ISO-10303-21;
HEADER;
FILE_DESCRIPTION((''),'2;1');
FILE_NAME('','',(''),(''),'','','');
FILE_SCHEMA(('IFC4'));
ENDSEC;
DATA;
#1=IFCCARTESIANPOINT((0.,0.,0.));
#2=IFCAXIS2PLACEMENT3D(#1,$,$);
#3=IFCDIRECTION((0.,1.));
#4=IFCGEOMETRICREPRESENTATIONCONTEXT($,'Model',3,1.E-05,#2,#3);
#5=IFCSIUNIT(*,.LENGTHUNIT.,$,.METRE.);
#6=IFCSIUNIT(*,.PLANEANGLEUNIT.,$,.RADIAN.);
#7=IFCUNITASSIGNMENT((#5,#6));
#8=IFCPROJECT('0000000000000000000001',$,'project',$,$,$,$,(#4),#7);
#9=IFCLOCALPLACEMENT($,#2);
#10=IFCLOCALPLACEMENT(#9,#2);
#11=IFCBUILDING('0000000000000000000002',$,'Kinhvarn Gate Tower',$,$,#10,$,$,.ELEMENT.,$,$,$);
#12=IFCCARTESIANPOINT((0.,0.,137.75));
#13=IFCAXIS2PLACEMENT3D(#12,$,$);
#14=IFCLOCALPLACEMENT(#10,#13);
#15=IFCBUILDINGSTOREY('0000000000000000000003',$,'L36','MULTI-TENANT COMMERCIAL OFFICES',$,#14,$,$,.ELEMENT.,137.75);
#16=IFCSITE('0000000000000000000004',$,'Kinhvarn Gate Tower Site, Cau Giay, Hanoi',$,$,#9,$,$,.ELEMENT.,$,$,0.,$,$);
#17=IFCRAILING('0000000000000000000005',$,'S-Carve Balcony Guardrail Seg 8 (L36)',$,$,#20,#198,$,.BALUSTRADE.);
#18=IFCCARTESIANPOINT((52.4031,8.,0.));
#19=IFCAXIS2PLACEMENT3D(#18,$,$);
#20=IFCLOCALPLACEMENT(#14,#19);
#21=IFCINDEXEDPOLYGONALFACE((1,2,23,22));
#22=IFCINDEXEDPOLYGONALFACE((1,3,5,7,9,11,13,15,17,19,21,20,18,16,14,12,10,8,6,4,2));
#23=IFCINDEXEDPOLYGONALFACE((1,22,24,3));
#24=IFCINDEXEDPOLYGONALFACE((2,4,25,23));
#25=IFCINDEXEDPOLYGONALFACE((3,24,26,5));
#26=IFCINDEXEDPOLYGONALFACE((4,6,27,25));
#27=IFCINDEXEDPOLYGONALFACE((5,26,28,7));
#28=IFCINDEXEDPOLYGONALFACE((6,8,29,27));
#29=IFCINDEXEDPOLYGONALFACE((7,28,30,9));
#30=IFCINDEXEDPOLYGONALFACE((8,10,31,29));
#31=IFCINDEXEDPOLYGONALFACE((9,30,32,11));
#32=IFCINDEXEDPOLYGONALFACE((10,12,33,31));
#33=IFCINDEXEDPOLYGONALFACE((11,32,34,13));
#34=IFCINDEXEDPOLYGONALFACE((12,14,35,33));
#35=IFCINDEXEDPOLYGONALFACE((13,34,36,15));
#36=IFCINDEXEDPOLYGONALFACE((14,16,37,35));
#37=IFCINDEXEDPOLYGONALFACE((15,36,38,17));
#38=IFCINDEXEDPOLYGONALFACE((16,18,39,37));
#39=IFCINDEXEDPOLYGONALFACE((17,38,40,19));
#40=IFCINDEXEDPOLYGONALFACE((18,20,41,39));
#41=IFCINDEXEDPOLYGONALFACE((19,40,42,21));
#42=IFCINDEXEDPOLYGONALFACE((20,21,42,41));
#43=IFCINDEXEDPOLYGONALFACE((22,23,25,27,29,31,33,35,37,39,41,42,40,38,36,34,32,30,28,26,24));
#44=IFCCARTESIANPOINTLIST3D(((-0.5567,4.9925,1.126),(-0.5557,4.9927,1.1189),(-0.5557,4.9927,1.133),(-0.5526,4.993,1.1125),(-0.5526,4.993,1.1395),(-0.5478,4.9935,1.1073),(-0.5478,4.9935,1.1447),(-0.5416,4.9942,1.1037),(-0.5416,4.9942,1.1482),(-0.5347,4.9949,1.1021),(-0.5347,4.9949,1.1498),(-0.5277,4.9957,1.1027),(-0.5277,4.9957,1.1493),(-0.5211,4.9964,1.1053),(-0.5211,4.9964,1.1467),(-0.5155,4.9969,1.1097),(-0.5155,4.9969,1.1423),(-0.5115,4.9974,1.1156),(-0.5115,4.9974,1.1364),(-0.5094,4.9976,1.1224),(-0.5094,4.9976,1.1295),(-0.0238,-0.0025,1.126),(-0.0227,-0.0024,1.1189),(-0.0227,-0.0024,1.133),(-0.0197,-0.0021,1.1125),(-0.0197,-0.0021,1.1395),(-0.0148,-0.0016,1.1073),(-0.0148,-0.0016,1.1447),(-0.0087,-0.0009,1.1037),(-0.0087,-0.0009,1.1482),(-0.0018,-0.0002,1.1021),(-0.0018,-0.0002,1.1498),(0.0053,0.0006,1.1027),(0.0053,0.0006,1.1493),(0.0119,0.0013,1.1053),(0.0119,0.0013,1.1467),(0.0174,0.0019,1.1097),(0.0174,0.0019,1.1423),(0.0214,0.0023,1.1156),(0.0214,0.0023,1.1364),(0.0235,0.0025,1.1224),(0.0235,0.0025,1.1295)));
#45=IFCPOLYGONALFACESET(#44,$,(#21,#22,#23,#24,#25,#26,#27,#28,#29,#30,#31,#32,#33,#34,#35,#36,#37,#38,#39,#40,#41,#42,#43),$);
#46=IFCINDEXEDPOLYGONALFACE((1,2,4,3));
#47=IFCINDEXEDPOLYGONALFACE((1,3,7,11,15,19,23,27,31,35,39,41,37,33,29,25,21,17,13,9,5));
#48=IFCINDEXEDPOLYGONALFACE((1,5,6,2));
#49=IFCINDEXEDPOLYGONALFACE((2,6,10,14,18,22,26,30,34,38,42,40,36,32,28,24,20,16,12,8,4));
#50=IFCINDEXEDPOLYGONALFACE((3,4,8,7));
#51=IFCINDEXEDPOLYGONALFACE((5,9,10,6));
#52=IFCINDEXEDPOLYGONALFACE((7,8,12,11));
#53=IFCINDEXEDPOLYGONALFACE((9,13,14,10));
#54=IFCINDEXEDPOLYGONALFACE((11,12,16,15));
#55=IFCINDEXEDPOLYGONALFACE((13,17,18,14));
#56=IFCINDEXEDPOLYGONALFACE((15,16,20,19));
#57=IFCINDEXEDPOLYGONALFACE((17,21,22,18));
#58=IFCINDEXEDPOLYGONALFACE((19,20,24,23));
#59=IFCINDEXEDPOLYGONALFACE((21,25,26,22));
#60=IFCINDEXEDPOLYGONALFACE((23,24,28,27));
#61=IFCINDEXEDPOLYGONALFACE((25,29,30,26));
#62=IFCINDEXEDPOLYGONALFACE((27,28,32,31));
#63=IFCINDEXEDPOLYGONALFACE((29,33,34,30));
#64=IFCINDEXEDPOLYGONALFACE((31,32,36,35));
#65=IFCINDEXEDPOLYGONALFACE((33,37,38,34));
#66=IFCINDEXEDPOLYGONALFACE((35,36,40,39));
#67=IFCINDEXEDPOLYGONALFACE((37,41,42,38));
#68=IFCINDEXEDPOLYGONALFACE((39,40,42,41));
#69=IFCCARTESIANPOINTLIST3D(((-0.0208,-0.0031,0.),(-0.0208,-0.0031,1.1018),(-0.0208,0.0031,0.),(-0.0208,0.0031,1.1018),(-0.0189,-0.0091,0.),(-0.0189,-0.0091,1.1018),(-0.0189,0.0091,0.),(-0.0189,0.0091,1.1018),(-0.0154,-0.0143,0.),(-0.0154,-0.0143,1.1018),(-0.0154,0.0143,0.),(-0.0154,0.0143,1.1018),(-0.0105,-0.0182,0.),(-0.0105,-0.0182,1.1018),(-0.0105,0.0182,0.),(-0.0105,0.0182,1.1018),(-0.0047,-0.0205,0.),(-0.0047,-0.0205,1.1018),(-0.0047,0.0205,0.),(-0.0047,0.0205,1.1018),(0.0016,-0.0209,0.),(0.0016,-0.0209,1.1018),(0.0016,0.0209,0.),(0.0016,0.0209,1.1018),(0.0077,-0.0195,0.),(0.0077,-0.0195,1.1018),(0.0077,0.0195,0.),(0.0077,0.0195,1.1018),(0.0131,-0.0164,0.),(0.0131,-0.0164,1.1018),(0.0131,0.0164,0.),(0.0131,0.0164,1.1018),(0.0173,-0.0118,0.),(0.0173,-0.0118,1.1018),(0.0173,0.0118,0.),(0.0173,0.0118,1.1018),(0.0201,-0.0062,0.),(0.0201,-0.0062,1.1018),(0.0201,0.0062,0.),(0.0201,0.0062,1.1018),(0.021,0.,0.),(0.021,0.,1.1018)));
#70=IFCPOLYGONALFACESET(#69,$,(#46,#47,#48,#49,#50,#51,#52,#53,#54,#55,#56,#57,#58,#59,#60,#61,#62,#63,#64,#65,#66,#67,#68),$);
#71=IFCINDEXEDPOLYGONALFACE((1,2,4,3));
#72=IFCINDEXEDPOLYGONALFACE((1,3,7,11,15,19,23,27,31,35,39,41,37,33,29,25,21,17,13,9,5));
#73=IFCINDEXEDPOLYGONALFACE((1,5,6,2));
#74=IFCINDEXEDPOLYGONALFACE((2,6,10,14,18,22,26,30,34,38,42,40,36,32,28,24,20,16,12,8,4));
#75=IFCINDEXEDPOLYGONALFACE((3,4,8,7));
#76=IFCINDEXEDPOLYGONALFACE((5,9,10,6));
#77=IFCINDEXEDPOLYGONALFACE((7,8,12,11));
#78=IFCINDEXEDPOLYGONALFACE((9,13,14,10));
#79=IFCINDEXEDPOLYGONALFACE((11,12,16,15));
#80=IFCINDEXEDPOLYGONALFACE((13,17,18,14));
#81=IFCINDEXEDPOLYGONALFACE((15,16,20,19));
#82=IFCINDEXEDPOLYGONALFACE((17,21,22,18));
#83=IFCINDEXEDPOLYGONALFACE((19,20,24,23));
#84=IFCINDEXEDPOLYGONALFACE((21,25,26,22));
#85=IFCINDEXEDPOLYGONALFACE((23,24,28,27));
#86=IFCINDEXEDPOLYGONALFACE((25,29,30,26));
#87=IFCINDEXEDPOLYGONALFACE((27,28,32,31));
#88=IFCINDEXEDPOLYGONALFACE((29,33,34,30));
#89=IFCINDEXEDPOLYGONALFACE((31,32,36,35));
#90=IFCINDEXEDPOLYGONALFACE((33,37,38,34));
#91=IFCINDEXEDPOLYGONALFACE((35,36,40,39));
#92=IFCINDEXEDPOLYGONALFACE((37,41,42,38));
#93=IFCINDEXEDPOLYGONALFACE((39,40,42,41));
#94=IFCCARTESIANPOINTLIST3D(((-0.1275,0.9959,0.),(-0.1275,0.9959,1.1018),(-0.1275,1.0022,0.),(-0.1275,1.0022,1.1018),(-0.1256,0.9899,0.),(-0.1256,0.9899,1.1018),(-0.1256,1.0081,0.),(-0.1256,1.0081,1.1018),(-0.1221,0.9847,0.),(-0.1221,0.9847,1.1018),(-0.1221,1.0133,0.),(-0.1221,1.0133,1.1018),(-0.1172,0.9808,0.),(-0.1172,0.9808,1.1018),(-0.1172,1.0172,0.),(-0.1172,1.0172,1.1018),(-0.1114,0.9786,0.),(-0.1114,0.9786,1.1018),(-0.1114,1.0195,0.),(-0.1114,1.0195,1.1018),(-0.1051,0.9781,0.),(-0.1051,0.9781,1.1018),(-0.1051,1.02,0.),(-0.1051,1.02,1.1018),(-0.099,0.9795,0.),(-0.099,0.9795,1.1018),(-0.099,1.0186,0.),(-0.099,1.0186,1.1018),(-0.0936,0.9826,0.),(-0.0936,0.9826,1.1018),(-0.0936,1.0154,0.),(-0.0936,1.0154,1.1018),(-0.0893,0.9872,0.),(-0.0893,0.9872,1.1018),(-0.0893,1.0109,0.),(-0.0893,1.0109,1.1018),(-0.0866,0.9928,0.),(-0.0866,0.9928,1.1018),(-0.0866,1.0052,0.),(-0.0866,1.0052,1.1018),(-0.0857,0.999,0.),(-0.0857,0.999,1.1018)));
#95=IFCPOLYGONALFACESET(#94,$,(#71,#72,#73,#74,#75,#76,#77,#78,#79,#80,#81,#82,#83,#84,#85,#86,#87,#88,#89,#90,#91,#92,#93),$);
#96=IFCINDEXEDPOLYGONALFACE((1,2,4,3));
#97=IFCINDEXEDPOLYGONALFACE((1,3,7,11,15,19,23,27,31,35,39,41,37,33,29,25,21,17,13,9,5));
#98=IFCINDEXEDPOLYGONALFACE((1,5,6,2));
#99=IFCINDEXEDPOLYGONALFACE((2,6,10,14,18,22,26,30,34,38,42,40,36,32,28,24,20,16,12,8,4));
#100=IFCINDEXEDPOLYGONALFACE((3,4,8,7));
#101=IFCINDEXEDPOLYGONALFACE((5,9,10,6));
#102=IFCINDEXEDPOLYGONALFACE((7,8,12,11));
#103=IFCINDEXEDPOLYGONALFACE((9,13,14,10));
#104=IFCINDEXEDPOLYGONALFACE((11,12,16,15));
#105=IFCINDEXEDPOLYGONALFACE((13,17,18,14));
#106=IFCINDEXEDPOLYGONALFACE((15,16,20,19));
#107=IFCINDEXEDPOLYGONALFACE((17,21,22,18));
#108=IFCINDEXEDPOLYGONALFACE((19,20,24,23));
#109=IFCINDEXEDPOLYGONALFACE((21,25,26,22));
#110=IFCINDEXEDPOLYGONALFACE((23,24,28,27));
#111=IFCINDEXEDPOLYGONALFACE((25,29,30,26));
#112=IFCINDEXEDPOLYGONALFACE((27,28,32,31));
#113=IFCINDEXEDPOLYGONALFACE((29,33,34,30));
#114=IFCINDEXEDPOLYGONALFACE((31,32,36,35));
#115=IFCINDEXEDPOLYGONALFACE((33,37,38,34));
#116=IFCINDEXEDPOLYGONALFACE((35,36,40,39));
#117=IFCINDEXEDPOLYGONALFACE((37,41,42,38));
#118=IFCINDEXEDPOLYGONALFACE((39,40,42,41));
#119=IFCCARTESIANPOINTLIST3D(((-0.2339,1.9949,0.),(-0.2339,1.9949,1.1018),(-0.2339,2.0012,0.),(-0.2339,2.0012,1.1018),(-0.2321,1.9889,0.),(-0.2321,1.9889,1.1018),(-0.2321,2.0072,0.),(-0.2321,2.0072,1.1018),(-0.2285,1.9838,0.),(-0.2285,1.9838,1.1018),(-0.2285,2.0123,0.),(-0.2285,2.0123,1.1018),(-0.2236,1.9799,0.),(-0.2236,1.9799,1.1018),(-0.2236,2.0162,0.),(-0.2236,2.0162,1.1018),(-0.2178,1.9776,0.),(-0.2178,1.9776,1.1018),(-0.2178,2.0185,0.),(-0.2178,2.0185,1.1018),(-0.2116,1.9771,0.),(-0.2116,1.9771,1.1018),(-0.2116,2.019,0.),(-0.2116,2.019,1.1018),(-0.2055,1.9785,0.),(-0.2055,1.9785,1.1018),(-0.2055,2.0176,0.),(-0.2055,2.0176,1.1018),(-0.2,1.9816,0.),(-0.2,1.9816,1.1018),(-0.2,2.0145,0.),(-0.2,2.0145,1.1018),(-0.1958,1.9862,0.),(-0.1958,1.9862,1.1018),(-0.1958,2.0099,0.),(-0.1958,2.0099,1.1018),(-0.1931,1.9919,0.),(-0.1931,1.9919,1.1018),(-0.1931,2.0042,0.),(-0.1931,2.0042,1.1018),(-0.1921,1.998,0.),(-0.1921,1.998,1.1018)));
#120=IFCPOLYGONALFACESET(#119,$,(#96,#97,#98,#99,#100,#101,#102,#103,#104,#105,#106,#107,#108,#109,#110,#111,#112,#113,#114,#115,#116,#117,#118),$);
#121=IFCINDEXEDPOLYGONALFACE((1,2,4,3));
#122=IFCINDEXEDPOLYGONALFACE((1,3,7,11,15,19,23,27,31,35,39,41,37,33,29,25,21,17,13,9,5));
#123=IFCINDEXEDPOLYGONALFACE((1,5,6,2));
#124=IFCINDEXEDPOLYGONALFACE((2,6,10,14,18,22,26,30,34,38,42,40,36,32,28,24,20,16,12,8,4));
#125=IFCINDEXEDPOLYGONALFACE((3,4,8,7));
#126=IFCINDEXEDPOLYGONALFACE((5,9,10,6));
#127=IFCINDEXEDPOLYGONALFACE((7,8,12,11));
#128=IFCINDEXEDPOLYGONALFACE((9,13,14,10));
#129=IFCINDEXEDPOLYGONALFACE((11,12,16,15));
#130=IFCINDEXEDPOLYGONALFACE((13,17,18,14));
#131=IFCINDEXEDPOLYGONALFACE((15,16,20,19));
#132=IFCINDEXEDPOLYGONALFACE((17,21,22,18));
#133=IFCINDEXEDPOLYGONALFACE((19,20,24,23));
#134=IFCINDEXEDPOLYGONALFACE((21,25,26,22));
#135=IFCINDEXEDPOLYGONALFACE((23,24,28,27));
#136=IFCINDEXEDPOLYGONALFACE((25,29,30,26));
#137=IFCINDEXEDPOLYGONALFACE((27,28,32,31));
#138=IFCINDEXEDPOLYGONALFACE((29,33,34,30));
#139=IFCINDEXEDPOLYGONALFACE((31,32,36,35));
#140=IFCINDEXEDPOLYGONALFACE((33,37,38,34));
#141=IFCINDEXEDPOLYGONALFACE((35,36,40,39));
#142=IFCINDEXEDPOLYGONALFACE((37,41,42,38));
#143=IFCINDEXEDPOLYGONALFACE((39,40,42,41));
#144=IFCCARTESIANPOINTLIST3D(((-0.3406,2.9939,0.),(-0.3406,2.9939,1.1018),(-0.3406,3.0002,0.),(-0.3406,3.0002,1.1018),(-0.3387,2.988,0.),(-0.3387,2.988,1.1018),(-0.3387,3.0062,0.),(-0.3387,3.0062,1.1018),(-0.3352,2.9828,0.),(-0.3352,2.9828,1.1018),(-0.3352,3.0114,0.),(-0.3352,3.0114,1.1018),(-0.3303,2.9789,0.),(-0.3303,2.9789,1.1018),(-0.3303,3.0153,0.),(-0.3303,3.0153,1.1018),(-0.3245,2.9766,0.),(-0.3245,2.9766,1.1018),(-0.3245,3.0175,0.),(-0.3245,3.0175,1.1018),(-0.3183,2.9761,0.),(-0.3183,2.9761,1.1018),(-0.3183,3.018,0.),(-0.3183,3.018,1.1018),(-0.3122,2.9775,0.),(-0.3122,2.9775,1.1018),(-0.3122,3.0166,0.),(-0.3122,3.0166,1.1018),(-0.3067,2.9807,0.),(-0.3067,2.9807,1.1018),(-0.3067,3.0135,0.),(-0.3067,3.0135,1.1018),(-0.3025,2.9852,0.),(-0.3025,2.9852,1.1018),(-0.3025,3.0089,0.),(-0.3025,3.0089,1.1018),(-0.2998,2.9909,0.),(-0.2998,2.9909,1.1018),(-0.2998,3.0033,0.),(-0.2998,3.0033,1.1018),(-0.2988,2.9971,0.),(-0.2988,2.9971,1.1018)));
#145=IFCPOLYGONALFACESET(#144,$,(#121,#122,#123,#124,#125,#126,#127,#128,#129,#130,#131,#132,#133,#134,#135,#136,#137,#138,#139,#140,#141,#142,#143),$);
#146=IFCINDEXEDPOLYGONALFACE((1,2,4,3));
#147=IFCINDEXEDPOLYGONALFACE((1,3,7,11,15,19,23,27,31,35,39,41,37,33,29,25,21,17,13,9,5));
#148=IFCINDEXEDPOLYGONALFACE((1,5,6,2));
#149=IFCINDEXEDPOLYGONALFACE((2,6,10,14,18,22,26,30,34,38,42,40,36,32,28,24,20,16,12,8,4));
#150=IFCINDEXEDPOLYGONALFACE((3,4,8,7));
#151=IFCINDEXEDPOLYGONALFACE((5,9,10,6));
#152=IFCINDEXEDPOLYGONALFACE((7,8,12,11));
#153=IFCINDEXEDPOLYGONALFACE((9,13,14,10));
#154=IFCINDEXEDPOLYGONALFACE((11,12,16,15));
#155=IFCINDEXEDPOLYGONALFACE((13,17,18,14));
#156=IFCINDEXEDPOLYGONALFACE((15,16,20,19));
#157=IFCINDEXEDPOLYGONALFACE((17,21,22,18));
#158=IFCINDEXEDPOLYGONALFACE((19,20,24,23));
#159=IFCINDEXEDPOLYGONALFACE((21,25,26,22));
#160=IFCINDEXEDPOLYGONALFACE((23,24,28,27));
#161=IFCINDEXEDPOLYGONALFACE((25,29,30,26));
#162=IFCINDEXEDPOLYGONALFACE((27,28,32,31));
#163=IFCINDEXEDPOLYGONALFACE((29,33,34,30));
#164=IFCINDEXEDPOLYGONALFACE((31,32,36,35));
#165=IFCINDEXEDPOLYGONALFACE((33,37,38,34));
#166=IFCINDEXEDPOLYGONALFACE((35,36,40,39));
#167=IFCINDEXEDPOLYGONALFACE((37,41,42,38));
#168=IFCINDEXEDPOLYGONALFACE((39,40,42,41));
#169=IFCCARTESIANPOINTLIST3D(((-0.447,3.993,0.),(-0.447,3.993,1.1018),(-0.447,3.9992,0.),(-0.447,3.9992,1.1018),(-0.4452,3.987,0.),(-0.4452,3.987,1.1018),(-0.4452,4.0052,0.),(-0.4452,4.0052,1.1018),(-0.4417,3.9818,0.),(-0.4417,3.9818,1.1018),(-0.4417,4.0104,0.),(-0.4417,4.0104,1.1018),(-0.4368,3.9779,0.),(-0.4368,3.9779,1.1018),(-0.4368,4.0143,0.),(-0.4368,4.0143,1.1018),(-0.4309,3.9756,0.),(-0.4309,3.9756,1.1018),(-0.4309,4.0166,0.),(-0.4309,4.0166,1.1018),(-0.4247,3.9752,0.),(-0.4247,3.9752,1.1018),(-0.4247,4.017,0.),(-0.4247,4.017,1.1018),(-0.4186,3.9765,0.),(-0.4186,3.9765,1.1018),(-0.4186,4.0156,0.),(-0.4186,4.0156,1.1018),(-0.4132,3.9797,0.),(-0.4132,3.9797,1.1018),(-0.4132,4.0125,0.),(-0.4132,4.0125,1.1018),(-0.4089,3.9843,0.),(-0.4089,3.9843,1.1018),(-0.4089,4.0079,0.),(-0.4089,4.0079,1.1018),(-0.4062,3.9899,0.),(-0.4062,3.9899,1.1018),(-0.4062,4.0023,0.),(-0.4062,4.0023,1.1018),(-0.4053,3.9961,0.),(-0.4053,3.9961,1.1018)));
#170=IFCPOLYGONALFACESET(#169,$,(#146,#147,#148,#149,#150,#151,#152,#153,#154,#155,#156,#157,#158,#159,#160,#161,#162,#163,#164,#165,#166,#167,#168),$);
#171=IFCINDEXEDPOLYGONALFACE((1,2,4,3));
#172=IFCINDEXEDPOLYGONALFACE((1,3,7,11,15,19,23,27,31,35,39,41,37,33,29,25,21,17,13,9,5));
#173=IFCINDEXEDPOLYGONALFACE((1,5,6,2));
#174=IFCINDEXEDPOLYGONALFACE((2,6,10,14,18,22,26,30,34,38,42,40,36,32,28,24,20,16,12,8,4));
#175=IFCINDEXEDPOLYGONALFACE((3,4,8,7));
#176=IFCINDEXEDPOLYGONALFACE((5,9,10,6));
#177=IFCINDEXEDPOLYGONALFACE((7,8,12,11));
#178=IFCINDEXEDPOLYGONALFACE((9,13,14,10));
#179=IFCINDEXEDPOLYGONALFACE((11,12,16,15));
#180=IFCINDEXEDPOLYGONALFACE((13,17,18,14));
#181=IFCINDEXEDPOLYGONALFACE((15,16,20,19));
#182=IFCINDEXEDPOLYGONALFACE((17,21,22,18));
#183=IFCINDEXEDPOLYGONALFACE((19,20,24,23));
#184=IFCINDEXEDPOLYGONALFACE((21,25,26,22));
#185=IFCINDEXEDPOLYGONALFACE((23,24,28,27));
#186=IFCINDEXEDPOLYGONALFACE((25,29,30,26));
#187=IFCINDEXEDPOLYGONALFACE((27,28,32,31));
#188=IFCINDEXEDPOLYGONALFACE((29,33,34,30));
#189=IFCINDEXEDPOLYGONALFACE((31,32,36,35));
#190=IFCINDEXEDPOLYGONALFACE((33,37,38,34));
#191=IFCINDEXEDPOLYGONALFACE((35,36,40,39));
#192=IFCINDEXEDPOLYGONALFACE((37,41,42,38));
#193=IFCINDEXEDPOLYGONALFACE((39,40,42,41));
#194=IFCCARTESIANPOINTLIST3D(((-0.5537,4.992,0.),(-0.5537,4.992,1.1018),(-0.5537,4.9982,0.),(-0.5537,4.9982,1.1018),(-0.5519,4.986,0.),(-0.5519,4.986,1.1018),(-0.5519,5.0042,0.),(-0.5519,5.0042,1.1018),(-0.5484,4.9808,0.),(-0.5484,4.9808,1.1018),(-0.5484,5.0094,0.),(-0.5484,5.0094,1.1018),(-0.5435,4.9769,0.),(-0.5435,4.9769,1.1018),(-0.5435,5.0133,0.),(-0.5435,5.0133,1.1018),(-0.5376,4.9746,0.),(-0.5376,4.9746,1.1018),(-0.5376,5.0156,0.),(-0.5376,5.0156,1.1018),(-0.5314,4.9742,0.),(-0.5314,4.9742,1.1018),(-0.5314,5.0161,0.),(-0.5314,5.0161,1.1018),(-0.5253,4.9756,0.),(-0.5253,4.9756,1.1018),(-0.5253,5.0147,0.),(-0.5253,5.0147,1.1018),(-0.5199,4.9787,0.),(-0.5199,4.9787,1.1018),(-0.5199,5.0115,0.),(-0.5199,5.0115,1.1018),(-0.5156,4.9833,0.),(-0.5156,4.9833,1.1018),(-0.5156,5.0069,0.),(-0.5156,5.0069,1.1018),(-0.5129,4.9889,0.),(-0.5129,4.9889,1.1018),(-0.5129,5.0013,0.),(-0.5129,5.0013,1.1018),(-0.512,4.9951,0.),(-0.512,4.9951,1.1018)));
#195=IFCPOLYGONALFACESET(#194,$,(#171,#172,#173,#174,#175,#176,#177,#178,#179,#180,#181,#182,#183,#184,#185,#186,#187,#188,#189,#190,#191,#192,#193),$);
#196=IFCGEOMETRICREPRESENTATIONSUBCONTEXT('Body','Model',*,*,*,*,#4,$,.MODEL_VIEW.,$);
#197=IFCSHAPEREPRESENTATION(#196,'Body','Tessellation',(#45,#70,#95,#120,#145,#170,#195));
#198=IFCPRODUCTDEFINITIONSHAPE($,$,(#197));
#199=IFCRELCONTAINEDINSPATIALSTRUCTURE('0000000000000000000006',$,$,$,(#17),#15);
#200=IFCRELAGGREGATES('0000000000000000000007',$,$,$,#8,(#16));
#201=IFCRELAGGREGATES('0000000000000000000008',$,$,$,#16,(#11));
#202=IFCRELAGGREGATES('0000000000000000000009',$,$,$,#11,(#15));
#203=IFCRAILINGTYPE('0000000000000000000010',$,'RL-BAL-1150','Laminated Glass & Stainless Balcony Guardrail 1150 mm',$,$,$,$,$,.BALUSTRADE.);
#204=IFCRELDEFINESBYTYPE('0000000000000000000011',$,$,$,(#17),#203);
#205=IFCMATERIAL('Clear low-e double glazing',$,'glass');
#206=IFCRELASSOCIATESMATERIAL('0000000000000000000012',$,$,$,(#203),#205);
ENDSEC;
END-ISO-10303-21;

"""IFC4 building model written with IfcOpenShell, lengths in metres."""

from ifc_helpers import new_model, si_unit, direction, frame, origin, origin_2d, place, context, subcontext, project, spatial, circle, extrude, material, type_object, element, save


model = new_model("IFC4")

# Units and contexts
model_context = context("Model", 3, precision=1e-05, world=origin(), true_north=direction((0.0, 1.0)))
body_context = subcontext(model_context, "Body", "Model", "MODEL_VIEW")
ifc_project = project(units=[si_unit("LENGTHUNIT", "METRE"), si_unit("PLANEANGLEUNIT", "RADIAN")], contexts=[model_context])

# Site, building, storey
site_placement = place(None, origin())
site = spatial("IfcSite", under=ifc_project, at=site_placement, Name="Kinhvarn Gate Tower Site, Cau Giay, Hanoi", CompositionType="ELEMENT", RefElevation=0.0)
building_placement = place(site_placement, origin())
building = spatial("IfcBuilding", under=site, at=building_placement, Name="Kinhvarn Gate Tower", CompositionType="ELEMENT")
storey_placement = place(building_placement, frame((0.0, 0.0, 137.75)))
storey = spatial("IfcBuildingStorey", under=building, at=storey_placement, Name="L36", Description="MULTI-TENANT COMMERCIAL OFFICES", CompositionType="ELEMENT", Elevation=137.75)

# Shared definitions
ifc_material_1 = material(Name="Clear low-e double glazing", Category="glass")

# Railing
railing_type = type_object("IfcRailingType", Name="RL-BAL-1150", Description="Laminated Glass & Stainless Balcony Guardrail 1150 mm", PredefinedType="BALUSTRADE", material=ifc_material_1)
railing_1_placement = place(storey_placement, frame((52.4031, 8.0, 0.0)))
element("IfcRailing", 1, at=railing_1_placement, inside=storey, type_object=railing_type, Name="S-Carve Balcony Guardrail Seg 8 (L36)", PredefinedType="BALUSTRADE", context=body_context, shape_type="SweptSolid", body=[
    extrude(circle(Radius=0.0239, at=origin_2d()), frame((0.0, 0.0, 1.126), z_axis=(-0.106094, 0.994356, 0.0), x_axis=(-0.994356, -0.106094, 0.0)), (0.0, 0.0, 1.0), 5.0234),
    extrude(circle(Radius=0.021, at=origin_2d()), origin(), (0.0, 0.0, 1.0), 1.1018),
    extrude(circle(Radius=0.021, at=origin_2d()), frame((-0.1067, 0.999, 0.0)), (0.0, 0.0, 1.0), 1.1018),
    extrude(circle(Radius=0.021, at=origin_2d()), frame((-0.2131, 1.998, 0.0)), (0.0, 0.0, 1.0), 1.1018),
    extrude(circle(Radius=0.021, at=origin_2d()), frame((-0.3198, 2.9971, 0.0)), (0.0, 0.0, 1.0), 1.1018),
    extrude(circle(Radius=0.021, at=origin_2d()), frame((-0.4263, 3.9961, 0.0)), (0.0, 0.0, 1.0), 1.1018),
    extrude(circle(Radius=0.021, at=origin_2d()), frame((-0.533, 4.9951, 0.0)), (0.0, 0.0, 1.0), 1.1018),
])

save(model, "model.ifc")
